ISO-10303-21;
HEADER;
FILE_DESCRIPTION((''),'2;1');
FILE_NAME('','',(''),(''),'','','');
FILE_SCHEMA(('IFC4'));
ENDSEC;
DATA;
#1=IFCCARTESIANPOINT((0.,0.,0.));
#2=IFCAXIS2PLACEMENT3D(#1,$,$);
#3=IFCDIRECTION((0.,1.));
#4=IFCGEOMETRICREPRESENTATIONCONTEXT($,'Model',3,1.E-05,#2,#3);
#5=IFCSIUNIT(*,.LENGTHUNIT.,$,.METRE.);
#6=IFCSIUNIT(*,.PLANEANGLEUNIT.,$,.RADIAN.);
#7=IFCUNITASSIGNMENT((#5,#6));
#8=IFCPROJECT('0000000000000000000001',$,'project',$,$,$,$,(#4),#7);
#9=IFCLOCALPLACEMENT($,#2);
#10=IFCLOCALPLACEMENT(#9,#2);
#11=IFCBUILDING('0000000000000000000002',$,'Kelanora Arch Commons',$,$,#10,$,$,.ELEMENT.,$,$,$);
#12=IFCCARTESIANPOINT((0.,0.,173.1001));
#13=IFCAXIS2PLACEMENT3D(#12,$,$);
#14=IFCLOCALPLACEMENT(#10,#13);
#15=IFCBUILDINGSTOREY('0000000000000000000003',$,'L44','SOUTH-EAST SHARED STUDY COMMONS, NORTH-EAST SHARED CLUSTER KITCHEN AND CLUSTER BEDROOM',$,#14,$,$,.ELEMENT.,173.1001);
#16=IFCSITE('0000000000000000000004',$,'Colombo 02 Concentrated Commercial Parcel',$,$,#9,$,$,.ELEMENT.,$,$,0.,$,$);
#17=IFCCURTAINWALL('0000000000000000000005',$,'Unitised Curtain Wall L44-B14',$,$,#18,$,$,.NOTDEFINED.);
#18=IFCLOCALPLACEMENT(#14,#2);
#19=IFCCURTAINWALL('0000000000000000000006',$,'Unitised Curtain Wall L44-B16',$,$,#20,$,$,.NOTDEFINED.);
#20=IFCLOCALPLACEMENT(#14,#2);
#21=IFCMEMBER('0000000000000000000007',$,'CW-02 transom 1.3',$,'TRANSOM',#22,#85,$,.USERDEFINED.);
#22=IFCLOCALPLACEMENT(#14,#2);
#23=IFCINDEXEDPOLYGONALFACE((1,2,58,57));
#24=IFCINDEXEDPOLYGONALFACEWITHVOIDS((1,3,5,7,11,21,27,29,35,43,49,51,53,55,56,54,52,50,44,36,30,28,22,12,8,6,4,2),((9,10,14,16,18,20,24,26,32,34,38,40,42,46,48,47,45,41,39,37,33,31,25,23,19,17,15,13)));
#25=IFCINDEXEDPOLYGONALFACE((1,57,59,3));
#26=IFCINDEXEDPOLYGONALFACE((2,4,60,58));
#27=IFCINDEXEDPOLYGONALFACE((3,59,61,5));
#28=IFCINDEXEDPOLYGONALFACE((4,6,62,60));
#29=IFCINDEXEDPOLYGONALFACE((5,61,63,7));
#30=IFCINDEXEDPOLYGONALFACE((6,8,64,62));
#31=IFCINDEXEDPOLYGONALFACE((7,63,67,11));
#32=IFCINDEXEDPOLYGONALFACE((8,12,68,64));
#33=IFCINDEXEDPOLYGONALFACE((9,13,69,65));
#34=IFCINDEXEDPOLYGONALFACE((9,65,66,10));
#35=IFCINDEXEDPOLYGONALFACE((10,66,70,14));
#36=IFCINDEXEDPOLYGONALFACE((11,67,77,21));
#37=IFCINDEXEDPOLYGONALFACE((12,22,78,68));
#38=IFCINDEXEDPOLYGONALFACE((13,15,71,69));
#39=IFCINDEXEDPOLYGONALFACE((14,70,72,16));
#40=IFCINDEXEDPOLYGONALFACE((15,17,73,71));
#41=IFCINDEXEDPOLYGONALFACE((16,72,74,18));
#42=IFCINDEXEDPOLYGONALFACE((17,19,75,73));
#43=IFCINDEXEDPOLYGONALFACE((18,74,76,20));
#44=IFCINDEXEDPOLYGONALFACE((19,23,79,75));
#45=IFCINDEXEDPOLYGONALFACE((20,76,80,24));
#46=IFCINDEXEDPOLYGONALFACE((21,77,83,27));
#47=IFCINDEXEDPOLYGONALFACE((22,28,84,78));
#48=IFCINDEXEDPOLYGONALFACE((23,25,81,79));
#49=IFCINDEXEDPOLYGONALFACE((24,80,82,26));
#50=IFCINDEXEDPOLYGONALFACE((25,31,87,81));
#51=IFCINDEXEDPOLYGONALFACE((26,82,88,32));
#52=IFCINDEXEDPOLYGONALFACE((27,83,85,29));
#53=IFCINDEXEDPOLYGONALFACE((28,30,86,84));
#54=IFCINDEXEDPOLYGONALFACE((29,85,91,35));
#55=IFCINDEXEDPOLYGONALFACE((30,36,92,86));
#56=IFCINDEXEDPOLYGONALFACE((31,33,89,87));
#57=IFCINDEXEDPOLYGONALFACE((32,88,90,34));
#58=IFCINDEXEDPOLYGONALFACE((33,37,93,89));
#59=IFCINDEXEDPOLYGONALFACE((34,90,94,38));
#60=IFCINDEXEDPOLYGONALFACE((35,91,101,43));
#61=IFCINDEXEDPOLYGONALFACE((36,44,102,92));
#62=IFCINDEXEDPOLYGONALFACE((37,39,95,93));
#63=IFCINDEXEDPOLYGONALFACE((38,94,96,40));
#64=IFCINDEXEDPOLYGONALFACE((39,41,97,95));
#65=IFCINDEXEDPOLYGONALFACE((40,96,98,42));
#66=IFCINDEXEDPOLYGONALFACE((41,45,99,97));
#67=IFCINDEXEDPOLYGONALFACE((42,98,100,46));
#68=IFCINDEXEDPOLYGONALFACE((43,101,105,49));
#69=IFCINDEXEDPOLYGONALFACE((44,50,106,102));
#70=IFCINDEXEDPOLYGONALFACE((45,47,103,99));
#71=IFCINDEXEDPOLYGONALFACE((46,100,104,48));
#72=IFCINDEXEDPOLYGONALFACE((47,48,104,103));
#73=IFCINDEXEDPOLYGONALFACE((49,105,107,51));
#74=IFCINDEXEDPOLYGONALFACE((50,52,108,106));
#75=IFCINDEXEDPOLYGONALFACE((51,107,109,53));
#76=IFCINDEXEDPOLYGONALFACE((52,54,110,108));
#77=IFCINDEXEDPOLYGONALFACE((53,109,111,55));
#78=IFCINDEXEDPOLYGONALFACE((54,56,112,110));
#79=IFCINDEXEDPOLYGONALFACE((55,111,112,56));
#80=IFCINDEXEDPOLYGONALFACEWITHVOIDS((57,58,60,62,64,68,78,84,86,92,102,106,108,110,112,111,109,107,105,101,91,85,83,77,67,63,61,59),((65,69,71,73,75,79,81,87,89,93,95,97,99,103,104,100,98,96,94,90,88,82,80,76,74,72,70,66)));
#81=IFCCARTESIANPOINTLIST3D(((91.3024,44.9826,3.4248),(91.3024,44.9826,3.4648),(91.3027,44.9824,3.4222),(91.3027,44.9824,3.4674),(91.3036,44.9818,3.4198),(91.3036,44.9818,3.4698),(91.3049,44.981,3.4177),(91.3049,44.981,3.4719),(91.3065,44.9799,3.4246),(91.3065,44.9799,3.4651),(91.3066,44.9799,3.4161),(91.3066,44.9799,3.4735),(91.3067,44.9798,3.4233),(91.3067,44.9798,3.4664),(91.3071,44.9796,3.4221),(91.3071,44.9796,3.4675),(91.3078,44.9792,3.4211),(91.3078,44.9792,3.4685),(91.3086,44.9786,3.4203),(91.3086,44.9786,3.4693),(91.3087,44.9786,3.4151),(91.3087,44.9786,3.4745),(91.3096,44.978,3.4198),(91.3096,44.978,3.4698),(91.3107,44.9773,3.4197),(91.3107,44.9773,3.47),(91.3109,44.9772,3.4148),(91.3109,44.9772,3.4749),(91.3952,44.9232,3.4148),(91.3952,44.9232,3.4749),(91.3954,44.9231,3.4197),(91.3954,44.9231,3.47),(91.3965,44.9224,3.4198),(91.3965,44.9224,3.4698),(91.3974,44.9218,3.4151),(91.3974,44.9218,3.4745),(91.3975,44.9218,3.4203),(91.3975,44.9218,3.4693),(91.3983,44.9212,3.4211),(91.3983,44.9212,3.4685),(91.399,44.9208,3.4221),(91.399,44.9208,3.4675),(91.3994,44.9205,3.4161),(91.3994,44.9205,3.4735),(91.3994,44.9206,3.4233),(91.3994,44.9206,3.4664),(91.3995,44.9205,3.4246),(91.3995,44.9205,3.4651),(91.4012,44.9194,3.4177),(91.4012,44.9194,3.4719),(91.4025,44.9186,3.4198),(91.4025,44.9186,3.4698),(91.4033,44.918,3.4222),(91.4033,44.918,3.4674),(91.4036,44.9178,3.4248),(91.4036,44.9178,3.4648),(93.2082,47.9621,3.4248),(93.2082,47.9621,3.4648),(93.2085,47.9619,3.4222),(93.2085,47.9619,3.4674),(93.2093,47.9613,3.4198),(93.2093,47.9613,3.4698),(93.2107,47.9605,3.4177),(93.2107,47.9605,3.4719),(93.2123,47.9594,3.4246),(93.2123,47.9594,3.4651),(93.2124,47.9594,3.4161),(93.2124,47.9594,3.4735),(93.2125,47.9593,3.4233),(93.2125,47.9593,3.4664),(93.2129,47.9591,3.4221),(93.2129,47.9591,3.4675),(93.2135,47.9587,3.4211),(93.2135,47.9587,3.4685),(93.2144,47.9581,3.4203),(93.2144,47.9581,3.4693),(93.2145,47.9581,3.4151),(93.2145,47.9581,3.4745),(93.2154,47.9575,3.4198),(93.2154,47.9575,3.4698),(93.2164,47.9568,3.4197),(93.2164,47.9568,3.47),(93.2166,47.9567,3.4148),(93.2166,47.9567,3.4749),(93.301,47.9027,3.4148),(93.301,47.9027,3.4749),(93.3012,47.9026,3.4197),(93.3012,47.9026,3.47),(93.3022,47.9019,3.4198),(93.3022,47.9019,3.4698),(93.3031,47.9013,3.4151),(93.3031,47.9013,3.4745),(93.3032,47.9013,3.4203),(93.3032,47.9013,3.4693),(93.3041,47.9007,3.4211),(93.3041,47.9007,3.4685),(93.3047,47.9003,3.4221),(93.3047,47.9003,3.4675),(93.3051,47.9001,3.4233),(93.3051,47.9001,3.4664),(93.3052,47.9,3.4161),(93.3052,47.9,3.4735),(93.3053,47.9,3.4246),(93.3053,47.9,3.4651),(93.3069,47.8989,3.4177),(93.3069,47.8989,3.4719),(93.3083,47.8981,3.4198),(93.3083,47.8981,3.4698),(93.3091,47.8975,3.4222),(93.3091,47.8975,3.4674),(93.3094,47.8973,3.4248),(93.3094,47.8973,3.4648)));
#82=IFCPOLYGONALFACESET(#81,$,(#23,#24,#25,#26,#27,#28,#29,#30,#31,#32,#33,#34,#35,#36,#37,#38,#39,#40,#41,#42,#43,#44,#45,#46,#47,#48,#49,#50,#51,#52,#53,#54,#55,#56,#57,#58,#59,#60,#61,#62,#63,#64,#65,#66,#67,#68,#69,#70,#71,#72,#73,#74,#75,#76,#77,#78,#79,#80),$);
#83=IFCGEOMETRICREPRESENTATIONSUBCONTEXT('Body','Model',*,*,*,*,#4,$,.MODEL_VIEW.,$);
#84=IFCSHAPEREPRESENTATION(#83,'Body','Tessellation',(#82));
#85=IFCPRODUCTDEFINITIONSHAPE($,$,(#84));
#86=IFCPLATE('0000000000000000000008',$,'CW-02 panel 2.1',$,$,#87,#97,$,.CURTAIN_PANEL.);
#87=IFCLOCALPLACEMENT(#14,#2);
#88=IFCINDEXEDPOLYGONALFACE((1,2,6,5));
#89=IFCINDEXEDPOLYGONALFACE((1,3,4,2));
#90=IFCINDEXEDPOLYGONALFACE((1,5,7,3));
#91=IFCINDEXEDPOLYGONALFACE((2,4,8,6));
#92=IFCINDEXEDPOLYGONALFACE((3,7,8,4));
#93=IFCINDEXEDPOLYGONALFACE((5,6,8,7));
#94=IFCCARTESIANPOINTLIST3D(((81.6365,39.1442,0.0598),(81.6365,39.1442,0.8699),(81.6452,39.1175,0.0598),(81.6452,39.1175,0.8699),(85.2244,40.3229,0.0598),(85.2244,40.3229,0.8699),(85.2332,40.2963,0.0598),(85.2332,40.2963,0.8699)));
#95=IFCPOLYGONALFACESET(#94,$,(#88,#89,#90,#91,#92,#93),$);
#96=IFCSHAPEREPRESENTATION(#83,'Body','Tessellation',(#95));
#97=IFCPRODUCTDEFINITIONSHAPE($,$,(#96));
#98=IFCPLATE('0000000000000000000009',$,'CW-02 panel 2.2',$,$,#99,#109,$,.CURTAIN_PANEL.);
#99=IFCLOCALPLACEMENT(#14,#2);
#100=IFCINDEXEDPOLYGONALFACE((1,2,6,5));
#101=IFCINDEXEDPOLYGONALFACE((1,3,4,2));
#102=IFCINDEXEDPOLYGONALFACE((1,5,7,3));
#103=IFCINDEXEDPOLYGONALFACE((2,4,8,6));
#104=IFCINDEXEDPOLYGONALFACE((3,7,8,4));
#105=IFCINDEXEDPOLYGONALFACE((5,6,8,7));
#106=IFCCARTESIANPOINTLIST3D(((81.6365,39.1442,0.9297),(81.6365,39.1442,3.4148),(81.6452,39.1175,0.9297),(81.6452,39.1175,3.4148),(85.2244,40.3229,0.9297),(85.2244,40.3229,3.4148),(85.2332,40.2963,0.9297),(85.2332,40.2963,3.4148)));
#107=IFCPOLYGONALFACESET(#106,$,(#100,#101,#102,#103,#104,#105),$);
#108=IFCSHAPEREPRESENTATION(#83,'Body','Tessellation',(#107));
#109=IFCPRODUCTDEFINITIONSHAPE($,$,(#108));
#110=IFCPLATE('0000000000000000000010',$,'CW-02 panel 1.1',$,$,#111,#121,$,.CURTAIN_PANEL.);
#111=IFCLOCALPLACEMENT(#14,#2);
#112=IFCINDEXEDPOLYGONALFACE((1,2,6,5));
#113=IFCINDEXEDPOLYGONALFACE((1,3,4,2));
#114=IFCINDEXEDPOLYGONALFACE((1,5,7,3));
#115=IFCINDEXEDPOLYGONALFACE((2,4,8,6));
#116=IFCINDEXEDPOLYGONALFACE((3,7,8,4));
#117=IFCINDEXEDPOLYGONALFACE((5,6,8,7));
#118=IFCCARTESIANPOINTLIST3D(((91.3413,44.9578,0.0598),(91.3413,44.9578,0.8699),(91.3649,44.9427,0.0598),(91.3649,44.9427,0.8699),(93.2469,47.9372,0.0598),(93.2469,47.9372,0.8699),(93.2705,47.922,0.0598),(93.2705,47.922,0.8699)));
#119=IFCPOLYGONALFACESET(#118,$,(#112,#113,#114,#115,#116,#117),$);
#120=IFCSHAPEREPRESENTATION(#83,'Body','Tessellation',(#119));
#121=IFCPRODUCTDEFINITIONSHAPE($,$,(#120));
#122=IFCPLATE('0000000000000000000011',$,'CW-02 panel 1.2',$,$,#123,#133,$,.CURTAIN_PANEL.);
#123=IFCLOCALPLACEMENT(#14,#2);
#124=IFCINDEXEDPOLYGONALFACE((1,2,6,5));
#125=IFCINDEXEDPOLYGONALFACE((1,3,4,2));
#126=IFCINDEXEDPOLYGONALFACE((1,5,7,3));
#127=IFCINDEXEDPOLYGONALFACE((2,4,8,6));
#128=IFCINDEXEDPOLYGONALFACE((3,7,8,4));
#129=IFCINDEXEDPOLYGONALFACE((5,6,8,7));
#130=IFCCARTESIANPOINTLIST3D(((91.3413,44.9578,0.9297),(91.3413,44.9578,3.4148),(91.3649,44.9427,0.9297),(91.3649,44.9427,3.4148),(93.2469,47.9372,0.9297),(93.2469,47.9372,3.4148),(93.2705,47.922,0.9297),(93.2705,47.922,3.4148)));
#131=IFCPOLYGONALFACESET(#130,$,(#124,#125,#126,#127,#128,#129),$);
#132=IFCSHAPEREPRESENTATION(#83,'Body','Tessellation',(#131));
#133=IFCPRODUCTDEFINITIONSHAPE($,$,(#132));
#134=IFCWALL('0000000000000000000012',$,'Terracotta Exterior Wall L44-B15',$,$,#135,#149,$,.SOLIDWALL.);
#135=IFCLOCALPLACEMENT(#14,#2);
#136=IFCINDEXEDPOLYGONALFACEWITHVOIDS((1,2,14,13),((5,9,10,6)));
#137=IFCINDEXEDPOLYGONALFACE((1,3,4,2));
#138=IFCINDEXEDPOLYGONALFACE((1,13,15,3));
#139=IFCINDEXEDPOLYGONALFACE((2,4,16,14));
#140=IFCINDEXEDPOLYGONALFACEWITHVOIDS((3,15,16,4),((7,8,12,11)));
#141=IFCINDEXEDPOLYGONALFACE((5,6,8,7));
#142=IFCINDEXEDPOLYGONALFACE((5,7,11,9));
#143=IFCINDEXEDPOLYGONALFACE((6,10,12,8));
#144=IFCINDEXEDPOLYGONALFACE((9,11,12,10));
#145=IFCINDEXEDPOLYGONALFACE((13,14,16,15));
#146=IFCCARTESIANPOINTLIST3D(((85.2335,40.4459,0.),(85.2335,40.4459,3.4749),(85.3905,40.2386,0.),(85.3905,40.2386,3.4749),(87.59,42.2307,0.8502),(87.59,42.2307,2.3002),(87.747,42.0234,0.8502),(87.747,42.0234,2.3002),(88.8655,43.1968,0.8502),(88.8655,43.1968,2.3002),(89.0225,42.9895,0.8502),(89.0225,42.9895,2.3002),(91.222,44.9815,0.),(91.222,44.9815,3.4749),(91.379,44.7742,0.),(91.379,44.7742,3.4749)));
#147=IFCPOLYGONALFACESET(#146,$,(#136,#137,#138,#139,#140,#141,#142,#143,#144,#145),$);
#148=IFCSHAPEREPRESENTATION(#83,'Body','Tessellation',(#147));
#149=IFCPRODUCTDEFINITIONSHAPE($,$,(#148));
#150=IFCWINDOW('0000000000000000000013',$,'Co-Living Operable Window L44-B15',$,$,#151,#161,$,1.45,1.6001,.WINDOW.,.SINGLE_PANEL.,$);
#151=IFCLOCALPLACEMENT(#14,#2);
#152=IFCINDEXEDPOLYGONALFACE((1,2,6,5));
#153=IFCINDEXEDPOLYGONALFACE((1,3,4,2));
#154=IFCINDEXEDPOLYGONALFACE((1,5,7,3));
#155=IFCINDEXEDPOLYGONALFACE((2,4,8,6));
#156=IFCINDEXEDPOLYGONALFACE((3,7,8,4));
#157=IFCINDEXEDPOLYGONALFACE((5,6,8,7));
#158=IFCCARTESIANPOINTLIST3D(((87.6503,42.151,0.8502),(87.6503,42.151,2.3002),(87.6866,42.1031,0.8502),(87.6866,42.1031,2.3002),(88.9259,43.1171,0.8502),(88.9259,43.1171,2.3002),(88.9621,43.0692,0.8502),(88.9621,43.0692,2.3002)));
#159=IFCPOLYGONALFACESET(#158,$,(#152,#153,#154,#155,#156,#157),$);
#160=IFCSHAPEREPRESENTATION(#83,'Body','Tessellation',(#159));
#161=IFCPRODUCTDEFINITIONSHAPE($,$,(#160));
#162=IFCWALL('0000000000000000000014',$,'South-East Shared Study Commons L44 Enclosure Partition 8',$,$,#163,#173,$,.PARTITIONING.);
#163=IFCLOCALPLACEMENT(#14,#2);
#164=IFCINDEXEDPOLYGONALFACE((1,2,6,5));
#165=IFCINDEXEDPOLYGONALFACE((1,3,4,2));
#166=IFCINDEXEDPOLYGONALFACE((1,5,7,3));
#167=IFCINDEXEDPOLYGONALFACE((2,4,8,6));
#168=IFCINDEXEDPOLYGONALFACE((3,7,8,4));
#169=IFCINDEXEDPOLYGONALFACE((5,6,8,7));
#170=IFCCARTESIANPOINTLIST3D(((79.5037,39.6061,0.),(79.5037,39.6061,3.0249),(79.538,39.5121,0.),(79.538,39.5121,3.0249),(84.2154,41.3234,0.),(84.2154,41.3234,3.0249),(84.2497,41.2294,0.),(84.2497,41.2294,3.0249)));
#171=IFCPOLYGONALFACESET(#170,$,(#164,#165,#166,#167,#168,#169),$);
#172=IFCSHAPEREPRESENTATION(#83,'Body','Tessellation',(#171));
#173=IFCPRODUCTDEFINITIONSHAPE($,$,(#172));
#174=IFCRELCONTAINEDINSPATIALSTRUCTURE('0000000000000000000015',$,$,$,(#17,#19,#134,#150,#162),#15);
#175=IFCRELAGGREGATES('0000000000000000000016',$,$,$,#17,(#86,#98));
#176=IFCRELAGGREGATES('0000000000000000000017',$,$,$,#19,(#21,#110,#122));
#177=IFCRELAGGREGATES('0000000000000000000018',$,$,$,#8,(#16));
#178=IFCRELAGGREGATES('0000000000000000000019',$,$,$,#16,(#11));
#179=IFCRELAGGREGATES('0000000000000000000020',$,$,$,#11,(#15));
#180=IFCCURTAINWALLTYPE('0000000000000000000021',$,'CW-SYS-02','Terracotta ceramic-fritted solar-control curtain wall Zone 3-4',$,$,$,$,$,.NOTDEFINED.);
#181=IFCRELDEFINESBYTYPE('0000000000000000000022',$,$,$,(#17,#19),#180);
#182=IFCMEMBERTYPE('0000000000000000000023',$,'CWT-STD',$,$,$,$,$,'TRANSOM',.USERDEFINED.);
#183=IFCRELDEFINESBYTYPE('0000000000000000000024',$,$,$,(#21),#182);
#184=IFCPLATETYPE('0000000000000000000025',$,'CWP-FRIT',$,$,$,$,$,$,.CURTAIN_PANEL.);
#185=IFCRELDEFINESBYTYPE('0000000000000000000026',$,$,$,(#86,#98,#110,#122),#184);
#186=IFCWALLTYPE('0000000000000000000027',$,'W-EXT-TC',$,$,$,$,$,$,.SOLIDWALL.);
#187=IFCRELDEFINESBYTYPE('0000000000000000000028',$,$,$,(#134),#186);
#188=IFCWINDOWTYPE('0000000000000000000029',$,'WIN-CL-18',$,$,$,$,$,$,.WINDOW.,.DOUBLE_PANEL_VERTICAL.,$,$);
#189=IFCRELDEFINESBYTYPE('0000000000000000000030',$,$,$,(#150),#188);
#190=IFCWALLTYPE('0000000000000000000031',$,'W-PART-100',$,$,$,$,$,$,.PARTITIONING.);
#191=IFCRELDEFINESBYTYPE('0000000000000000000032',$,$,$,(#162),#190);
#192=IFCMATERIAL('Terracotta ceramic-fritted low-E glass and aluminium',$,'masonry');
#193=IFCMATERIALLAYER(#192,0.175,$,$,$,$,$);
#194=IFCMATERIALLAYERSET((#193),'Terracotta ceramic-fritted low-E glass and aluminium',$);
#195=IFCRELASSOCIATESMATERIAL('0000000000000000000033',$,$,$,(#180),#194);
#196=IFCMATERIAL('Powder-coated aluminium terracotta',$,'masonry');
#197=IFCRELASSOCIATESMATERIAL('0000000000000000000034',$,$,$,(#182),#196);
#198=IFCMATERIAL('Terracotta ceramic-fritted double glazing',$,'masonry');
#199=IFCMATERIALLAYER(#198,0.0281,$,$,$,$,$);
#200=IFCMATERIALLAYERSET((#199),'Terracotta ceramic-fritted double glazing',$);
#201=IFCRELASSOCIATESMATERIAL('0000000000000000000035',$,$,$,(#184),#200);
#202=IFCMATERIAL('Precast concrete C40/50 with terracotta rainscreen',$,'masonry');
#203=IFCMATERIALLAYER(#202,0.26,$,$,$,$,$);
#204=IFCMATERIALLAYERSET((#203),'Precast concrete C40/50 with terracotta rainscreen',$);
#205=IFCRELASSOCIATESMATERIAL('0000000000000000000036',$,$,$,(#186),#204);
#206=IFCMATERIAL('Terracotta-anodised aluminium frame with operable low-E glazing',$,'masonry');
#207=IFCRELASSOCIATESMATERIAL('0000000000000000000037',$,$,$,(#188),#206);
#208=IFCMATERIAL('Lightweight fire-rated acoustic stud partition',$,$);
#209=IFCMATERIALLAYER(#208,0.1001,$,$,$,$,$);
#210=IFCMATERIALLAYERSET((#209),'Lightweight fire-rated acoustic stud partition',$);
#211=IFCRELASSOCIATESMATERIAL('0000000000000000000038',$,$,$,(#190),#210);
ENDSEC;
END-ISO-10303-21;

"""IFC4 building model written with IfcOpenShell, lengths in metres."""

from ifc_helpers import new_model, si_unit, direction, frame, frame_2d, origin, origin_2d, place, context, subcontext, project, spatial, rectangle, hollow_rectangle, extrude, source, transform, mapped, material, layer, layer_set, material_profile, profile_set, type_object, element, fill, aggregate, save


model = new_model("IFC4")

# Units and contexts
model_context = context("Model", 3, precision=1e-05, world=origin(), true_north=direction((0.0, 1.0)))
body_context = subcontext(model_context, "Body", "Model", "MODEL_VIEW")
ifc_project = project(units=[si_unit("LENGTHUNIT", "METRE"), si_unit("PLANEANGLEUNIT", "RADIAN")], contexts=[model_context])

# Site, building, storey
site_placement = place(None, origin())
site = spatial("IfcSite", under=ifc_project, at=site_placement, Name="Colombo 02 Concentrated Commercial Parcel", CompositionType="ELEMENT", RefElevation=0.0)
building_placement = place(site_placement, origin())
building = spatial("IfcBuilding", under=site, at=building_placement, Name="Kelanora Arch Commons", CompositionType="ELEMENT")
storey_placement = place(building_placement, frame((0.0, 0.0, 173.1001)))
storey = spatial("IfcBuildingStorey", under=building, at=storey_placement, Name="L44", Description="SOUTH-EAST SHARED STUDY COMMONS, NORTH-EAST SHARED CLUSTER KITCHEN AND CLUSTER BEDROOM", CompositionType="ELEMENT", Elevation=173.1001)

# Curtain wall
ifc_material_1 = material(Name="Terracotta ceramic-fritted low-E glass and aluminium", Category="masonry")
ifc_layer_1 = layer(ifc_material_1, 0.175)
ifc_layer_set_1 = layer_set([ifc_layer_1], Name="Terracotta ceramic-fritted low-E glass and aluminium")
curtain_wall_type = type_object("IfcCurtainWallType", Name="CW-SYS-02", Description="Terracotta ceramic-fritted solar-control curtain wall Zone 3-4", PredefinedType="NOTDEFINED", material=ifc_layer_set_1)
curtain_wall_1_placement = place(storey_placement, origin())
curtain_wall_1 = element("IfcCurtainWall", 1, at=curtain_wall_1_placement, inside=storey, type_object=curtain_wall_type, Name="Unitised Curtain Wall L44-B14", PredefinedType="NOTDEFINED")
ifc_material_2 = material(Name="Powder-coated aluminium terracotta", Category="masonry")

# Curtain wall, member
curtain_wall_2_placement = place(storey_placement, origin())
curtain_wall_2 = element("IfcCurtainWall", 2, at=curtain_wall_2_placement, inside=storey, type_object=curtain_wall_type, Name="Unitised Curtain Wall L44-B16", PredefinedType="NOTDEFINED")
ifc_material_profile_1 = material_profile(ifc_material_2, hollow_rectangle(XDim=0.1201, YDim=0.0601, WallThickness=0.0049, InnerFilletRadius=0.0049, OuterFilletRadius=0.01, at=origin_2d()), Name="CWT120x60")
ifc_profile_set_1 = profile_set([ifc_material_profile_1], Name="Powder-coated aluminium terracotta")
member_type_1 = type_object("IfcMemberType", Name="CWT-STD", ElementType="TRANSOM", PredefinedType="USERDEFINED", material=ifc_profile_set_1)
member_1_placement = place(storey_placement, frame((91.353, 44.9502, 3.4448), z_axis=(0.53883, 0.842414, 0.0), x_axis=(-0.842414, 0.53883, 0.0)))
member_1 = element("IfcMember", 3, at=member_1_placement, type_object=member_type_1, Name="CW-02 transom 1.3", ObjectType="TRANSOM", PredefinedType="USERDEFINED", context=body_context, shape_type="SweptSolid", body=[
    extrude(hollow_rectangle(XDim=0.1201, YDim=0.0601, WallThickness=0.0049, InnerFilletRadius=0.0049, OuterFilletRadius=0.01, at=origin_2d()), origin(), (0.0, 0.0, 1.0), 3.5369),
])

# Plates
ifc_material_3 = material(Name="Terracotta ceramic-fritted double glazing", Category="masonry")
ifc_layer_2 = layer(ifc_material_3, 0.0281)
ifc_layer_set_2 = layer_set([ifc_layer_2], Name="Terracotta ceramic-fritted double glazing")
plate_type = type_object("IfcPlateType", Name="CWP-FRIT", PredefinedType="CURTAIN_PANEL", material=ifc_layer_set_2)
shared_shape_1 = source(origin(), body_context, "Body", "SweptSolid", [
    extrude(rectangle(XDim=3.7766, YDim=0.0281, at=origin_2d()), origin(), (0.0, 0.0, 1.0), 0.8101),
])
plate_1_placement = place(storey_placement, frame((83.4348, 39.7202, 0.0598), z_axis=(0.0, 0.0, 1.0), x_axis=(0.95004, 0.312128, 0.0)))
plate_1 = element("IfcPlate", 4, at=plate_1_placement, type_object=plate_type, Name="CW-02 panel 2.1", PredefinedType="CURTAIN_PANEL", context=body_context, shape_type="MappedRepresentation", body=[
    mapped(shared_shape_1, transform((0.0, 0.0, 0.0), scale=1.0)),
])
shared_shape_2 = source(origin(), body_context, "Body", "SweptSolid", [
    extrude(rectangle(XDim=3.7766, YDim=0.0281, at=origin_2d()), origin(), (0.0, 0.0, 1.0), 2.4851),
])
plate_2_placement = place(storey_placement, frame((83.4348, 39.7202, 0.9297), z_axis=(0.0, 0.0, 1.0), x_axis=(0.95004, 0.312128, 0.0)))
plate_2 = element("IfcPlate", 5, at=plate_2_placement, type_object=plate_type, Name="CW-02 panel 2.2", PredefinedType="CURTAIN_PANEL", context=body_context, shape_type="MappedRepresentation", body=[
    mapped(shared_shape_2, transform((0.0, 0.0, 0.0), scale=1.0)),
])
aggregate(curtain_wall_1, [plate_1, plate_2])
shared_shape_3 = source(origin(), body_context, "Body", "SweptSolid", [
    extrude(rectangle(XDim=3.5366, YDim=0.0281, at=origin_2d()), origin(), (0.0, 0.0, 1.0), 0.8101),
])
plate_3_placement = place(storey_placement, frame((92.3059, 46.4399, 0.0598), z_axis=(0.0, 0.0, 1.0), x_axis=(0.538817, 0.842423, 0.0)))
plate_3 = element("IfcPlate", 6, at=plate_3_placement, type_object=plate_type, Name="CW-02 panel 1.1", PredefinedType="CURTAIN_PANEL", context=body_context, shape_type="MappedRepresentation", body=[
    mapped(shared_shape_3, transform((0.0, 0.0, 0.0), scale=1.0)),
])
shared_shape_4 = source(origin(), body_context, "Body", "SweptSolid", [
    extrude(rectangle(XDim=3.5366, YDim=0.0281, at=origin_2d()), origin(), (0.0, 0.0, 1.0), 2.4851),
])
plate_4_placement = place(storey_placement, frame((92.3059, 46.4399, 0.9297), z_axis=(0.0, 0.0, 1.0), x_axis=(0.538817, 0.842423, 0.0)))
plate_4 = element("IfcPlate", 7, at=plate_4_placement, type_object=plate_type, Name="CW-02 panel 1.2", PredefinedType="CURTAIN_PANEL", context=body_context, shape_type="MappedRepresentation", body=[
    mapped(shared_shape_4, transform((0.0, 0.0, 0.0), scale=1.0)),
])
aggregate(curtain_wall_2, [member_1, plate_3, plate_4])

# Wall, opening, window
ifc_material_4 = material(Name="Precast concrete C40/50 with terracotta rainscreen", Category="masonry")
ifc_layer_3 = layer(ifc_material_4, 0.26)
ifc_layer_set_3 = layer_set([ifc_layer_3], Name="Precast concrete C40/50 with terracotta rainscreen")
wall_type_1 = type_object("IfcWallType", Name="W-EXT-TC", PredefinedType="SOLIDWALL", material=ifc_layer_set_3)
wall_1_placement = place(storey_placement, frame((85.312, 40.3423, 0.0), z_axis=(0.0, 0.0, 1.0), x_axis=(0.797164, 0.603763, 0.0)))
wall_1 = element("IfcWall", 8, at=wall_1_placement, inside=storey, type_object=wall_type_1, Name="Terracotta Exterior Wall L44-B15", PredefinedType="SOLIDWALL", context=body_context, shape_type="SweptSolid", body=[
    extrude(rectangle(XDim=7.5122, YDim=0.26, at=frame_2d((3.7561, 0.0))), origin(), (0.0, 0.0, 1.0), 3.4749),
])
opening_placement = place(wall_1_placement, frame((2.9561, 0.0, 0.8501)))
opening = element("IfcOpeningElement", 9, at=opening_placement, cuts=wall_1, PredefinedType="OPENING", context=body_context, shape_type="SweptSolid", body=[
    extrude(rectangle(XDim=1.6001, YDim=1.45, at=frame_2d((0.8, 0.7251))), frame((0.0, 0.1401, 0.0), z_axis=(0.0, -1.0, 0.0), x_axis=(1.0, 0.0, 0.0)), (0.0, 0.0, 1.0), 0.28),
])
ifc_material_5 = material(Name="Terracotta-anodised aluminium frame with operable low-E glazing", Category="masonry")
window_type = type_object("IfcWindowType", Name="WIN-CL-18", PartitioningType="DOUBLE_PANEL_VERTICAL", PredefinedType="WINDOW", material=ifc_material_5)
window_placement = place(opening_placement, origin())
window = element("IfcWindow", 10, at=window_placement, inside=storey, type_object=window_type, Name="Co-Living Operable Window L44-B15", OverallHeight=1.45, OverallWidth=1.6001, PartitioningType="SINGLE_PANEL", PredefinedType="WINDOW", context=body_context, shape_type="SweptSolid", body=[
    extrude(rectangle(XDim=1.6001, YDim=1.45, at=frame_2d((0.8, 0.7251))), frame((0.0, 0.03, 0.0), z_axis=(0.0, -1.0, 0.0), x_axis=(1.0, 0.0, 0.0)), (0.0, 0.0, 1.0), 0.0601),
])
fill(opening, window)

# Wall
ifc_material_6 = material(Name="Lightweight fire-rated acoustic stud partition")
ifc_layer_4 = layer(ifc_material_6, 0.1001)
ifc_layer_set_4 = layer_set([ifc_layer_4], Name="Lightweight fire-rated acoustic stud partition")
wall_type_2 = type_object("IfcWallType", Name="W-PART-100", PredefinedType="PARTITIONING", material=ifc_layer_set_4)
wall_2_placement = place(storey_placement, frame((84.2324, 41.2764, 0.0), z_axis=(0.0, 0.0, 1.0), x_axis=(-0.93954, -0.342439, 0.0)))
element("IfcWall", 11, at=wall_2_placement, inside=storey, type_object=wall_type_2, Name="South-East Shared Study Commons L44 Enclosure Partition 8", PredefinedType="PARTITIONING", context=body_context, shape_type="SweptSolid", body=[
    extrude(rectangle(XDim=5.0149, YDim=0.1001, at=frame_2d((2.5073, 0.0))), origin(), (0.0, 0.0, 1.0), 3.0249),
])

save(model, "model.ifc")
